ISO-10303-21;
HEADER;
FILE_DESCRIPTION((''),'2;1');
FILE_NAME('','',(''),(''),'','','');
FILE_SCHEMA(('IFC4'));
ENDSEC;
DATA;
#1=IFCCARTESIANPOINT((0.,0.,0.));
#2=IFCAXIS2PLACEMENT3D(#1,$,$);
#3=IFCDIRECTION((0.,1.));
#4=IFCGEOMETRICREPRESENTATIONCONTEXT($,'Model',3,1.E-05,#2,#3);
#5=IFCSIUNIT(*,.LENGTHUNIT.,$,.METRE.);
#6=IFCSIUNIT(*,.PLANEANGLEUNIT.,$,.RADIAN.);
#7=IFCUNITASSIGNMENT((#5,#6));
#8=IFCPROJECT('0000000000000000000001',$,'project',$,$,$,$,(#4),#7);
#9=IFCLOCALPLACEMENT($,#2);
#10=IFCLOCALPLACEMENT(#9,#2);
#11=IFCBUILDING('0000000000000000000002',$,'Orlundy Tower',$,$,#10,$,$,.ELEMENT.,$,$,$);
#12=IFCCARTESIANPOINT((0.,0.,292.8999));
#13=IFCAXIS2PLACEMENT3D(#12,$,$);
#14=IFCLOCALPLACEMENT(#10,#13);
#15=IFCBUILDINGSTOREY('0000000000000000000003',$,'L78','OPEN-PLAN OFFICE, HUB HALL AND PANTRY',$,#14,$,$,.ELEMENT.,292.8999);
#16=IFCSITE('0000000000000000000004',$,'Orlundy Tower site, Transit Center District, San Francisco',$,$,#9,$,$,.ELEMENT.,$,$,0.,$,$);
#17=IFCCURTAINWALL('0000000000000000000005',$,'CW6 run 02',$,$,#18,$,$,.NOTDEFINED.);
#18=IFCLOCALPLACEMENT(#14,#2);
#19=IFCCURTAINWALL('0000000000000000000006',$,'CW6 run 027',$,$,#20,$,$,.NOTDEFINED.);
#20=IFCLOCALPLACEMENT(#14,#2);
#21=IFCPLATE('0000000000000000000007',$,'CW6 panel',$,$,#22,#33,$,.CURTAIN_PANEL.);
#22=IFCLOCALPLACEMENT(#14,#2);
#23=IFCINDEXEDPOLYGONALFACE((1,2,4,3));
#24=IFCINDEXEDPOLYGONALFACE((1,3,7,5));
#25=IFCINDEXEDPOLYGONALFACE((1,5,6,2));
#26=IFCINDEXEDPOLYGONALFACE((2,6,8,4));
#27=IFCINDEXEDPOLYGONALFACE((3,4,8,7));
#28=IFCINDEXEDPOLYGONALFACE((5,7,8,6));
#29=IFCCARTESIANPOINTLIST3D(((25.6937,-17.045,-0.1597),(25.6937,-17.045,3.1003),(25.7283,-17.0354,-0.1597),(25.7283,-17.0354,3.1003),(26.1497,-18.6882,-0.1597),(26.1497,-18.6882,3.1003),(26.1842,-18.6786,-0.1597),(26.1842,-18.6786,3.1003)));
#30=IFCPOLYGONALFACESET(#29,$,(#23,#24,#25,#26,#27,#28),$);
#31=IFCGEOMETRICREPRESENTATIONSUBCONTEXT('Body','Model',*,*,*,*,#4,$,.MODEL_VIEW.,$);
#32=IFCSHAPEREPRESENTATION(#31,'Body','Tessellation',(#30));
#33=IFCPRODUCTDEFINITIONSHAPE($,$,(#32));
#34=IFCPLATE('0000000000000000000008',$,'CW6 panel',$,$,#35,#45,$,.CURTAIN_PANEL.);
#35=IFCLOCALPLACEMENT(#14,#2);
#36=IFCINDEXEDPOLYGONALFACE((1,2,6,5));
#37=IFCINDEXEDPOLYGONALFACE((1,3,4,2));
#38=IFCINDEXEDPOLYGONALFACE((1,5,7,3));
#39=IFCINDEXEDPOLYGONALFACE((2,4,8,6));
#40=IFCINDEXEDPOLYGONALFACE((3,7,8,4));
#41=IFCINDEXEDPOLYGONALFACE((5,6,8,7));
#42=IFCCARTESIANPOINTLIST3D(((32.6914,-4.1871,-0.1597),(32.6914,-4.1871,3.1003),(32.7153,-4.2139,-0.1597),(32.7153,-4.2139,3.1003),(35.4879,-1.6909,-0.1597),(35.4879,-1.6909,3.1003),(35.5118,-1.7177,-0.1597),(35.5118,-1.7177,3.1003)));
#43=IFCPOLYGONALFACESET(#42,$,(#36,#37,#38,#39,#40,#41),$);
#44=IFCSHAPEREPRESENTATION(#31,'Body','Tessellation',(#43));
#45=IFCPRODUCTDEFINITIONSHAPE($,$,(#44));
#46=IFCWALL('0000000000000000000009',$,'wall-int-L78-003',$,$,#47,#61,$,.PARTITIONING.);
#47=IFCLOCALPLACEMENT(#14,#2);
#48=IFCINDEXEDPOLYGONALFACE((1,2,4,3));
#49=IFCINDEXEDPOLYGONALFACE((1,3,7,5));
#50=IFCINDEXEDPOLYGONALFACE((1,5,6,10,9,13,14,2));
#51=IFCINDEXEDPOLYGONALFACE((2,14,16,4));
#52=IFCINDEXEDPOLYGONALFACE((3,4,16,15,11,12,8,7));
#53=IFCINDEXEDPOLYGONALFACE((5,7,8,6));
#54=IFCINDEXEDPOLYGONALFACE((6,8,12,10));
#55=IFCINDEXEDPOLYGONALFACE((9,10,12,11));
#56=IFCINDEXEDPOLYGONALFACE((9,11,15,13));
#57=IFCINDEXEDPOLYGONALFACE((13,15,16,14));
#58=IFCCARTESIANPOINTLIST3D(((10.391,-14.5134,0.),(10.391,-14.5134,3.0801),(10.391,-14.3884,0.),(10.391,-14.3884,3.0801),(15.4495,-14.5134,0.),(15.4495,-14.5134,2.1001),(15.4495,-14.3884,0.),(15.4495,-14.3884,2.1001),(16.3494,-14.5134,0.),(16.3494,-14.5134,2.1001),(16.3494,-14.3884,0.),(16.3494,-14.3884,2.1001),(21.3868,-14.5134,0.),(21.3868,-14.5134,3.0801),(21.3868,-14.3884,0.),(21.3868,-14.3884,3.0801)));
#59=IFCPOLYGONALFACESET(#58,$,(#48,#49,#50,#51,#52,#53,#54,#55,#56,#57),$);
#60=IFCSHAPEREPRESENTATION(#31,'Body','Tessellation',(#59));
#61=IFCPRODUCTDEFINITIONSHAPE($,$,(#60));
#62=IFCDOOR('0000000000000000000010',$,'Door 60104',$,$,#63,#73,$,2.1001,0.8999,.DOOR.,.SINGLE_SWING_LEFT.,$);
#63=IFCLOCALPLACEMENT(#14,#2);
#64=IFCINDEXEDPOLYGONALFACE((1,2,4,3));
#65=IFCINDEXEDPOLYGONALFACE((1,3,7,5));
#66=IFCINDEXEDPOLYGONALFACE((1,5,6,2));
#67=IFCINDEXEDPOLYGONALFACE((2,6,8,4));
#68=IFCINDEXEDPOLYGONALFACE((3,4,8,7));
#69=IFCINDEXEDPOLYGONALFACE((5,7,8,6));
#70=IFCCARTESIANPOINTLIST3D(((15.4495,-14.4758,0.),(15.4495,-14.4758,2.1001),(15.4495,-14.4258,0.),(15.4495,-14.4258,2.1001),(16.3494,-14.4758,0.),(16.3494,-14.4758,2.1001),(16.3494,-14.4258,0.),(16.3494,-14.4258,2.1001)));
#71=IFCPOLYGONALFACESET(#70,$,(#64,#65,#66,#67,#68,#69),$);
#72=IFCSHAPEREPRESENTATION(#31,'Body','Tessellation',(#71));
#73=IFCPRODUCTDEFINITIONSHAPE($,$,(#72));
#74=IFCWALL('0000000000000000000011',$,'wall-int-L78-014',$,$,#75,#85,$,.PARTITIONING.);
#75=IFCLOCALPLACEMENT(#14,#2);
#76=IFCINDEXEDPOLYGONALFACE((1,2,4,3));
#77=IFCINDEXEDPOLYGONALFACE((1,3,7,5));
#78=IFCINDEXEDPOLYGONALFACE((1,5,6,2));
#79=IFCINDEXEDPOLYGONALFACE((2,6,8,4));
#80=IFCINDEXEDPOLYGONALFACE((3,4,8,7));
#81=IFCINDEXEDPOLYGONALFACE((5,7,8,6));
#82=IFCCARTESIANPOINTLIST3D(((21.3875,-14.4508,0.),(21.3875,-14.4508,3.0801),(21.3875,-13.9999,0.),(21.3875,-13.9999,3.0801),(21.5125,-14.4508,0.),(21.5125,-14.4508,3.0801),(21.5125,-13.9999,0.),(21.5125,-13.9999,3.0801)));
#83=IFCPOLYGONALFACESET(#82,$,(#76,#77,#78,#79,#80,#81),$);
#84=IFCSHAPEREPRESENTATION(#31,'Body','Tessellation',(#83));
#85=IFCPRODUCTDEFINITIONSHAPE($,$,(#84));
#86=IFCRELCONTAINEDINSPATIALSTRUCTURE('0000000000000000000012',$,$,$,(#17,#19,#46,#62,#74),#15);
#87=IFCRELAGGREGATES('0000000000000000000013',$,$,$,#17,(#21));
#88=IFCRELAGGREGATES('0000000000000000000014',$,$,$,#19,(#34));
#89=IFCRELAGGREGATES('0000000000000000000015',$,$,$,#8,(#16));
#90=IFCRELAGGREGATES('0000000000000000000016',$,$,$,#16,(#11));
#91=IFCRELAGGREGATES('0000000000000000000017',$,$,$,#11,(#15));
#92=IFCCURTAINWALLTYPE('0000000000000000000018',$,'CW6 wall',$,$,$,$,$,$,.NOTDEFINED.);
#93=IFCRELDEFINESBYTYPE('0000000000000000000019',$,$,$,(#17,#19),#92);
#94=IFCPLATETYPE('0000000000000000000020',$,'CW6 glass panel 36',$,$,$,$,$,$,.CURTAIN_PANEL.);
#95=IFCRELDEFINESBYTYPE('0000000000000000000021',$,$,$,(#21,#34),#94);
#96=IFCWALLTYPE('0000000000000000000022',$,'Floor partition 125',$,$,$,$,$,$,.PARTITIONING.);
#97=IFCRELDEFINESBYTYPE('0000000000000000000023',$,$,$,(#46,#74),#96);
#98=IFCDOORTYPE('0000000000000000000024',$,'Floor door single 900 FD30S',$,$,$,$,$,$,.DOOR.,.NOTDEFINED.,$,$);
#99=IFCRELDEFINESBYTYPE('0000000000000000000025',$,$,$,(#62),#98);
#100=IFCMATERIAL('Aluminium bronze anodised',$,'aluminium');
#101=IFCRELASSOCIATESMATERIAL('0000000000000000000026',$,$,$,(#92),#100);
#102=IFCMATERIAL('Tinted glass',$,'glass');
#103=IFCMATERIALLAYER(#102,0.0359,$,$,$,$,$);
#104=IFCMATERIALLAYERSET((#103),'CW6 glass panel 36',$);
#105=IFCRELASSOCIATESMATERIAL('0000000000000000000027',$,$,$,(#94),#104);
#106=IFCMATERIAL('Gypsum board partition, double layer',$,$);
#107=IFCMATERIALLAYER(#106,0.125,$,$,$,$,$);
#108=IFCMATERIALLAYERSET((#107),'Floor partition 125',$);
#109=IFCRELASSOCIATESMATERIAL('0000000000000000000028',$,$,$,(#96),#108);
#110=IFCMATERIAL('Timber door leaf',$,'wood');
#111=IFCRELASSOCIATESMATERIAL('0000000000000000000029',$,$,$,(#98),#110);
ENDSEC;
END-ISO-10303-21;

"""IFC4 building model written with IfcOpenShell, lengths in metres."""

from ifc_helpers import new_model, si_unit, direction, frame, frame_2d, origin, origin_2d, place, context, subcontext, project, spatial, rectangle, extrude, material, layer, layer_set, type_object, element, fill, aggregate, save


model = new_model("IFC4")

# Units and contexts
model_context = context("Model", 3, precision=1e-05, world=origin(), true_north=direction((0.0, 1.0)))
body_context = subcontext(model_context, "Body", "Model", "MODEL_VIEW")
ifc_project = project(units=[si_unit("LENGTHUNIT", "METRE"), si_unit("PLANEANGLEUNIT", "RADIAN")], contexts=[model_context])

# Site, building, storey
site_placement = place(None, origin())
site = spatial("IfcSite", under=ifc_project, at=site_placement, Name="Orlundy Tower site, Transit Center District, San Francisco", CompositionType="ELEMENT", RefElevation=0.0)
building_placement = place(site_placement, origin())
building = spatial("IfcBuilding", under=site, at=building_placement, Name="Orlundy Tower", CompositionType="ELEMENT")
storey_placement = place(building_placement, frame((0.0, 0.0, 292.8999)))
storey = spatial("IfcBuildingStorey", under=building, at=storey_placement, Name="L78", Description="OPEN-PLAN OFFICE, HUB HALL AND PANTRY", CompositionType="ELEMENT", Elevation=292.8999)

# Curtain walls
ifc_material_1 = material(Name="Aluminium bronze anodised", Category="aluminium")
curtain_wall_type = type_object("IfcCurtainWallType", Name="CW6 wall", PredefinedType="NOTDEFINED", material=ifc_material_1)
curtain_wall_1_placement = place(storey_placement, origin())
curtain_wall_1 = element("IfcCurtainWall", 1, at=curtain_wall_1_placement, inside=storey, type_object=curtain_wall_type, Name="CW6 run 02", PredefinedType="NOTDEFINED")
curtain_wall_2_placement = place(storey_placement, origin())
curtain_wall_2 = element("IfcCurtainWall", 2, at=curtain_wall_2_placement, inside=storey, type_object=curtain_wall_type, Name="CW6 run 027", PredefinedType="NOTDEFINED")

# Plates
ifc_material_2 = material(Name="Tinted glass", Category="glass")
ifc_layer_1 = layer(ifc_material_2, 0.0359)
ifc_layer_set_1 = layer_set([ifc_layer_1], Name="CW6 glass panel 36")
plate_type = type_object("IfcPlateType", Name="CW6 glass panel 36", PredefinedType="CURTAIN_PANEL", material=ifc_layer_set_1)
plate_1_placement = place(storey_placement, frame((25.939, -17.8618, -0.1597), z_axis=(0.0, 0.0, 1.0), x_axis=(0.267384, -0.96359, 0.0)))
plate_1 = element("IfcPlate", 3, at=plate_1_placement, type_object=plate_type, Name="CW6 panel", PredefinedType="CURTAIN_PANEL", context=body_context, shape_type="SweptSolid", body=[
    extrude(rectangle(XDim=1.7053, YDim=0.0359, at=origin_2d()), origin(), (0.0, 0.0, 1.0), 3.26),
])
aggregate(curtain_wall_1, [plate_1])
plate_2_placement = place(storey_placement, frame((34.1016, -2.9524, -0.1597), z_axis=(0.0, 0.0, 1.0), x_axis=(-0.746024, -0.665919, 0.0)))
plate_2 = element("IfcPlate", 4, at=plate_2_placement, type_object=plate_type, Name="CW6 panel", PredefinedType="CURTAIN_PANEL", context=body_context, shape_type="SweptSolid", body=[
    extrude(rectangle(XDim=3.7485, YDim=0.0359, at=origin_2d()), origin(), (0.0, 0.0, 1.0), 3.26),
])
aggregate(curtain_wall_2, [plate_2])

# Wall, opening, door
ifc_material_3 = material(Name="Gypsum board partition, double layer")
ifc_layer_2 = layer(ifc_material_3, 0.125)
ifc_layer_set_2 = layer_set([ifc_layer_2], Name="Floor partition 125")
wall_type = type_object("IfcWallType", Name="Floor partition 125", PredefinedType="PARTITIONING", material=ifc_layer_set_2)
wall_1_placement = place(storey_placement, frame((21.387, -14.4509, 0.0), z_axis=(0.0, 0.0, 1.0), x_axis=(-1.0, 0.0, 0.0)))
wall_1 = element("IfcWall", 5, at=wall_1_placement, inside=storey, type_object=wall_type, Name="wall-int-L78-003", PredefinedType="PARTITIONING", context=body_context, shape_type="SweptSolid", body=[
    extrude(rectangle(XDim=10.9958, YDim=0.125, at=frame_2d((5.498, 0.0))), origin(), (0.0, 0.0, 1.0), 3.0801),
])
opening_placement = place(wall_1_placement, frame((5.0376, 0.0, 0.0)))
opening = element("IfcOpeningElement", 6, at=opening_placement, cuts=wall_1, PredefinedType="OPENING", context=body_context, shape_type="SweptSolid", body=[
    extrude(rectangle(XDim=0.8999, YDim=2.1001, at=frame_2d((0.45, 1.05))), frame((0.0, 0.0725, 0.0), z_axis=(0.0, -1.0, 0.0), x_axis=(1.0, 0.0, 0.0)), (0.0, 0.0, 1.0), 0.145),
])
ifc_material_4 = material(Name="Timber door leaf", Category="wood")
door_type = type_object("IfcDoorType", Name="Floor door single 900 FD30S", OperationType="NOTDEFINED", PredefinedType="DOOR", material=ifc_material_4)
door_placement = place(opening_placement, origin())
door = element("IfcDoor", 7, at=door_placement, inside=storey, type_object=door_type, Name="Door 60104", OperationType="SINGLE_SWING_LEFT", OverallHeight=2.1001, OverallWidth=0.8999, PredefinedType="DOOR", context=body_context, shape_type="SweptSolid", body=[
    extrude(rectangle(XDim=0.8999, YDim=2.1001, at=frame_2d((0.45, 1.05))), frame((0.0, 0.0249, 0.0), z_axis=(0.0, -1.0, 0.0), x_axis=(1.0, 0.0, 0.0)), (0.0, 0.0, 1.0), 0.05),
])
fill(opening, door)

# Wall
wall_2_placement = place(storey_placement, frame((21.45, -14.4509, 0.0), z_axis=(0.0, 0.0, 1.0), x_axis=(0.0, 1.0, 0.0)))
element("IfcWall", 8, at=wall_2_placement, inside=storey, type_object=wall_type, Name="wall-int-L78-014", PredefinedType="PARTITIONING", context=body_context, shape_type="SweptSolid", body=[
    extrude(rectangle(XDim=0.4509, YDim=0.125, at=frame_2d((0.2256, 0.0))), origin(), (0.0, 0.0, 1.0), 3.0801),
])

save(model, "model.ifc")
